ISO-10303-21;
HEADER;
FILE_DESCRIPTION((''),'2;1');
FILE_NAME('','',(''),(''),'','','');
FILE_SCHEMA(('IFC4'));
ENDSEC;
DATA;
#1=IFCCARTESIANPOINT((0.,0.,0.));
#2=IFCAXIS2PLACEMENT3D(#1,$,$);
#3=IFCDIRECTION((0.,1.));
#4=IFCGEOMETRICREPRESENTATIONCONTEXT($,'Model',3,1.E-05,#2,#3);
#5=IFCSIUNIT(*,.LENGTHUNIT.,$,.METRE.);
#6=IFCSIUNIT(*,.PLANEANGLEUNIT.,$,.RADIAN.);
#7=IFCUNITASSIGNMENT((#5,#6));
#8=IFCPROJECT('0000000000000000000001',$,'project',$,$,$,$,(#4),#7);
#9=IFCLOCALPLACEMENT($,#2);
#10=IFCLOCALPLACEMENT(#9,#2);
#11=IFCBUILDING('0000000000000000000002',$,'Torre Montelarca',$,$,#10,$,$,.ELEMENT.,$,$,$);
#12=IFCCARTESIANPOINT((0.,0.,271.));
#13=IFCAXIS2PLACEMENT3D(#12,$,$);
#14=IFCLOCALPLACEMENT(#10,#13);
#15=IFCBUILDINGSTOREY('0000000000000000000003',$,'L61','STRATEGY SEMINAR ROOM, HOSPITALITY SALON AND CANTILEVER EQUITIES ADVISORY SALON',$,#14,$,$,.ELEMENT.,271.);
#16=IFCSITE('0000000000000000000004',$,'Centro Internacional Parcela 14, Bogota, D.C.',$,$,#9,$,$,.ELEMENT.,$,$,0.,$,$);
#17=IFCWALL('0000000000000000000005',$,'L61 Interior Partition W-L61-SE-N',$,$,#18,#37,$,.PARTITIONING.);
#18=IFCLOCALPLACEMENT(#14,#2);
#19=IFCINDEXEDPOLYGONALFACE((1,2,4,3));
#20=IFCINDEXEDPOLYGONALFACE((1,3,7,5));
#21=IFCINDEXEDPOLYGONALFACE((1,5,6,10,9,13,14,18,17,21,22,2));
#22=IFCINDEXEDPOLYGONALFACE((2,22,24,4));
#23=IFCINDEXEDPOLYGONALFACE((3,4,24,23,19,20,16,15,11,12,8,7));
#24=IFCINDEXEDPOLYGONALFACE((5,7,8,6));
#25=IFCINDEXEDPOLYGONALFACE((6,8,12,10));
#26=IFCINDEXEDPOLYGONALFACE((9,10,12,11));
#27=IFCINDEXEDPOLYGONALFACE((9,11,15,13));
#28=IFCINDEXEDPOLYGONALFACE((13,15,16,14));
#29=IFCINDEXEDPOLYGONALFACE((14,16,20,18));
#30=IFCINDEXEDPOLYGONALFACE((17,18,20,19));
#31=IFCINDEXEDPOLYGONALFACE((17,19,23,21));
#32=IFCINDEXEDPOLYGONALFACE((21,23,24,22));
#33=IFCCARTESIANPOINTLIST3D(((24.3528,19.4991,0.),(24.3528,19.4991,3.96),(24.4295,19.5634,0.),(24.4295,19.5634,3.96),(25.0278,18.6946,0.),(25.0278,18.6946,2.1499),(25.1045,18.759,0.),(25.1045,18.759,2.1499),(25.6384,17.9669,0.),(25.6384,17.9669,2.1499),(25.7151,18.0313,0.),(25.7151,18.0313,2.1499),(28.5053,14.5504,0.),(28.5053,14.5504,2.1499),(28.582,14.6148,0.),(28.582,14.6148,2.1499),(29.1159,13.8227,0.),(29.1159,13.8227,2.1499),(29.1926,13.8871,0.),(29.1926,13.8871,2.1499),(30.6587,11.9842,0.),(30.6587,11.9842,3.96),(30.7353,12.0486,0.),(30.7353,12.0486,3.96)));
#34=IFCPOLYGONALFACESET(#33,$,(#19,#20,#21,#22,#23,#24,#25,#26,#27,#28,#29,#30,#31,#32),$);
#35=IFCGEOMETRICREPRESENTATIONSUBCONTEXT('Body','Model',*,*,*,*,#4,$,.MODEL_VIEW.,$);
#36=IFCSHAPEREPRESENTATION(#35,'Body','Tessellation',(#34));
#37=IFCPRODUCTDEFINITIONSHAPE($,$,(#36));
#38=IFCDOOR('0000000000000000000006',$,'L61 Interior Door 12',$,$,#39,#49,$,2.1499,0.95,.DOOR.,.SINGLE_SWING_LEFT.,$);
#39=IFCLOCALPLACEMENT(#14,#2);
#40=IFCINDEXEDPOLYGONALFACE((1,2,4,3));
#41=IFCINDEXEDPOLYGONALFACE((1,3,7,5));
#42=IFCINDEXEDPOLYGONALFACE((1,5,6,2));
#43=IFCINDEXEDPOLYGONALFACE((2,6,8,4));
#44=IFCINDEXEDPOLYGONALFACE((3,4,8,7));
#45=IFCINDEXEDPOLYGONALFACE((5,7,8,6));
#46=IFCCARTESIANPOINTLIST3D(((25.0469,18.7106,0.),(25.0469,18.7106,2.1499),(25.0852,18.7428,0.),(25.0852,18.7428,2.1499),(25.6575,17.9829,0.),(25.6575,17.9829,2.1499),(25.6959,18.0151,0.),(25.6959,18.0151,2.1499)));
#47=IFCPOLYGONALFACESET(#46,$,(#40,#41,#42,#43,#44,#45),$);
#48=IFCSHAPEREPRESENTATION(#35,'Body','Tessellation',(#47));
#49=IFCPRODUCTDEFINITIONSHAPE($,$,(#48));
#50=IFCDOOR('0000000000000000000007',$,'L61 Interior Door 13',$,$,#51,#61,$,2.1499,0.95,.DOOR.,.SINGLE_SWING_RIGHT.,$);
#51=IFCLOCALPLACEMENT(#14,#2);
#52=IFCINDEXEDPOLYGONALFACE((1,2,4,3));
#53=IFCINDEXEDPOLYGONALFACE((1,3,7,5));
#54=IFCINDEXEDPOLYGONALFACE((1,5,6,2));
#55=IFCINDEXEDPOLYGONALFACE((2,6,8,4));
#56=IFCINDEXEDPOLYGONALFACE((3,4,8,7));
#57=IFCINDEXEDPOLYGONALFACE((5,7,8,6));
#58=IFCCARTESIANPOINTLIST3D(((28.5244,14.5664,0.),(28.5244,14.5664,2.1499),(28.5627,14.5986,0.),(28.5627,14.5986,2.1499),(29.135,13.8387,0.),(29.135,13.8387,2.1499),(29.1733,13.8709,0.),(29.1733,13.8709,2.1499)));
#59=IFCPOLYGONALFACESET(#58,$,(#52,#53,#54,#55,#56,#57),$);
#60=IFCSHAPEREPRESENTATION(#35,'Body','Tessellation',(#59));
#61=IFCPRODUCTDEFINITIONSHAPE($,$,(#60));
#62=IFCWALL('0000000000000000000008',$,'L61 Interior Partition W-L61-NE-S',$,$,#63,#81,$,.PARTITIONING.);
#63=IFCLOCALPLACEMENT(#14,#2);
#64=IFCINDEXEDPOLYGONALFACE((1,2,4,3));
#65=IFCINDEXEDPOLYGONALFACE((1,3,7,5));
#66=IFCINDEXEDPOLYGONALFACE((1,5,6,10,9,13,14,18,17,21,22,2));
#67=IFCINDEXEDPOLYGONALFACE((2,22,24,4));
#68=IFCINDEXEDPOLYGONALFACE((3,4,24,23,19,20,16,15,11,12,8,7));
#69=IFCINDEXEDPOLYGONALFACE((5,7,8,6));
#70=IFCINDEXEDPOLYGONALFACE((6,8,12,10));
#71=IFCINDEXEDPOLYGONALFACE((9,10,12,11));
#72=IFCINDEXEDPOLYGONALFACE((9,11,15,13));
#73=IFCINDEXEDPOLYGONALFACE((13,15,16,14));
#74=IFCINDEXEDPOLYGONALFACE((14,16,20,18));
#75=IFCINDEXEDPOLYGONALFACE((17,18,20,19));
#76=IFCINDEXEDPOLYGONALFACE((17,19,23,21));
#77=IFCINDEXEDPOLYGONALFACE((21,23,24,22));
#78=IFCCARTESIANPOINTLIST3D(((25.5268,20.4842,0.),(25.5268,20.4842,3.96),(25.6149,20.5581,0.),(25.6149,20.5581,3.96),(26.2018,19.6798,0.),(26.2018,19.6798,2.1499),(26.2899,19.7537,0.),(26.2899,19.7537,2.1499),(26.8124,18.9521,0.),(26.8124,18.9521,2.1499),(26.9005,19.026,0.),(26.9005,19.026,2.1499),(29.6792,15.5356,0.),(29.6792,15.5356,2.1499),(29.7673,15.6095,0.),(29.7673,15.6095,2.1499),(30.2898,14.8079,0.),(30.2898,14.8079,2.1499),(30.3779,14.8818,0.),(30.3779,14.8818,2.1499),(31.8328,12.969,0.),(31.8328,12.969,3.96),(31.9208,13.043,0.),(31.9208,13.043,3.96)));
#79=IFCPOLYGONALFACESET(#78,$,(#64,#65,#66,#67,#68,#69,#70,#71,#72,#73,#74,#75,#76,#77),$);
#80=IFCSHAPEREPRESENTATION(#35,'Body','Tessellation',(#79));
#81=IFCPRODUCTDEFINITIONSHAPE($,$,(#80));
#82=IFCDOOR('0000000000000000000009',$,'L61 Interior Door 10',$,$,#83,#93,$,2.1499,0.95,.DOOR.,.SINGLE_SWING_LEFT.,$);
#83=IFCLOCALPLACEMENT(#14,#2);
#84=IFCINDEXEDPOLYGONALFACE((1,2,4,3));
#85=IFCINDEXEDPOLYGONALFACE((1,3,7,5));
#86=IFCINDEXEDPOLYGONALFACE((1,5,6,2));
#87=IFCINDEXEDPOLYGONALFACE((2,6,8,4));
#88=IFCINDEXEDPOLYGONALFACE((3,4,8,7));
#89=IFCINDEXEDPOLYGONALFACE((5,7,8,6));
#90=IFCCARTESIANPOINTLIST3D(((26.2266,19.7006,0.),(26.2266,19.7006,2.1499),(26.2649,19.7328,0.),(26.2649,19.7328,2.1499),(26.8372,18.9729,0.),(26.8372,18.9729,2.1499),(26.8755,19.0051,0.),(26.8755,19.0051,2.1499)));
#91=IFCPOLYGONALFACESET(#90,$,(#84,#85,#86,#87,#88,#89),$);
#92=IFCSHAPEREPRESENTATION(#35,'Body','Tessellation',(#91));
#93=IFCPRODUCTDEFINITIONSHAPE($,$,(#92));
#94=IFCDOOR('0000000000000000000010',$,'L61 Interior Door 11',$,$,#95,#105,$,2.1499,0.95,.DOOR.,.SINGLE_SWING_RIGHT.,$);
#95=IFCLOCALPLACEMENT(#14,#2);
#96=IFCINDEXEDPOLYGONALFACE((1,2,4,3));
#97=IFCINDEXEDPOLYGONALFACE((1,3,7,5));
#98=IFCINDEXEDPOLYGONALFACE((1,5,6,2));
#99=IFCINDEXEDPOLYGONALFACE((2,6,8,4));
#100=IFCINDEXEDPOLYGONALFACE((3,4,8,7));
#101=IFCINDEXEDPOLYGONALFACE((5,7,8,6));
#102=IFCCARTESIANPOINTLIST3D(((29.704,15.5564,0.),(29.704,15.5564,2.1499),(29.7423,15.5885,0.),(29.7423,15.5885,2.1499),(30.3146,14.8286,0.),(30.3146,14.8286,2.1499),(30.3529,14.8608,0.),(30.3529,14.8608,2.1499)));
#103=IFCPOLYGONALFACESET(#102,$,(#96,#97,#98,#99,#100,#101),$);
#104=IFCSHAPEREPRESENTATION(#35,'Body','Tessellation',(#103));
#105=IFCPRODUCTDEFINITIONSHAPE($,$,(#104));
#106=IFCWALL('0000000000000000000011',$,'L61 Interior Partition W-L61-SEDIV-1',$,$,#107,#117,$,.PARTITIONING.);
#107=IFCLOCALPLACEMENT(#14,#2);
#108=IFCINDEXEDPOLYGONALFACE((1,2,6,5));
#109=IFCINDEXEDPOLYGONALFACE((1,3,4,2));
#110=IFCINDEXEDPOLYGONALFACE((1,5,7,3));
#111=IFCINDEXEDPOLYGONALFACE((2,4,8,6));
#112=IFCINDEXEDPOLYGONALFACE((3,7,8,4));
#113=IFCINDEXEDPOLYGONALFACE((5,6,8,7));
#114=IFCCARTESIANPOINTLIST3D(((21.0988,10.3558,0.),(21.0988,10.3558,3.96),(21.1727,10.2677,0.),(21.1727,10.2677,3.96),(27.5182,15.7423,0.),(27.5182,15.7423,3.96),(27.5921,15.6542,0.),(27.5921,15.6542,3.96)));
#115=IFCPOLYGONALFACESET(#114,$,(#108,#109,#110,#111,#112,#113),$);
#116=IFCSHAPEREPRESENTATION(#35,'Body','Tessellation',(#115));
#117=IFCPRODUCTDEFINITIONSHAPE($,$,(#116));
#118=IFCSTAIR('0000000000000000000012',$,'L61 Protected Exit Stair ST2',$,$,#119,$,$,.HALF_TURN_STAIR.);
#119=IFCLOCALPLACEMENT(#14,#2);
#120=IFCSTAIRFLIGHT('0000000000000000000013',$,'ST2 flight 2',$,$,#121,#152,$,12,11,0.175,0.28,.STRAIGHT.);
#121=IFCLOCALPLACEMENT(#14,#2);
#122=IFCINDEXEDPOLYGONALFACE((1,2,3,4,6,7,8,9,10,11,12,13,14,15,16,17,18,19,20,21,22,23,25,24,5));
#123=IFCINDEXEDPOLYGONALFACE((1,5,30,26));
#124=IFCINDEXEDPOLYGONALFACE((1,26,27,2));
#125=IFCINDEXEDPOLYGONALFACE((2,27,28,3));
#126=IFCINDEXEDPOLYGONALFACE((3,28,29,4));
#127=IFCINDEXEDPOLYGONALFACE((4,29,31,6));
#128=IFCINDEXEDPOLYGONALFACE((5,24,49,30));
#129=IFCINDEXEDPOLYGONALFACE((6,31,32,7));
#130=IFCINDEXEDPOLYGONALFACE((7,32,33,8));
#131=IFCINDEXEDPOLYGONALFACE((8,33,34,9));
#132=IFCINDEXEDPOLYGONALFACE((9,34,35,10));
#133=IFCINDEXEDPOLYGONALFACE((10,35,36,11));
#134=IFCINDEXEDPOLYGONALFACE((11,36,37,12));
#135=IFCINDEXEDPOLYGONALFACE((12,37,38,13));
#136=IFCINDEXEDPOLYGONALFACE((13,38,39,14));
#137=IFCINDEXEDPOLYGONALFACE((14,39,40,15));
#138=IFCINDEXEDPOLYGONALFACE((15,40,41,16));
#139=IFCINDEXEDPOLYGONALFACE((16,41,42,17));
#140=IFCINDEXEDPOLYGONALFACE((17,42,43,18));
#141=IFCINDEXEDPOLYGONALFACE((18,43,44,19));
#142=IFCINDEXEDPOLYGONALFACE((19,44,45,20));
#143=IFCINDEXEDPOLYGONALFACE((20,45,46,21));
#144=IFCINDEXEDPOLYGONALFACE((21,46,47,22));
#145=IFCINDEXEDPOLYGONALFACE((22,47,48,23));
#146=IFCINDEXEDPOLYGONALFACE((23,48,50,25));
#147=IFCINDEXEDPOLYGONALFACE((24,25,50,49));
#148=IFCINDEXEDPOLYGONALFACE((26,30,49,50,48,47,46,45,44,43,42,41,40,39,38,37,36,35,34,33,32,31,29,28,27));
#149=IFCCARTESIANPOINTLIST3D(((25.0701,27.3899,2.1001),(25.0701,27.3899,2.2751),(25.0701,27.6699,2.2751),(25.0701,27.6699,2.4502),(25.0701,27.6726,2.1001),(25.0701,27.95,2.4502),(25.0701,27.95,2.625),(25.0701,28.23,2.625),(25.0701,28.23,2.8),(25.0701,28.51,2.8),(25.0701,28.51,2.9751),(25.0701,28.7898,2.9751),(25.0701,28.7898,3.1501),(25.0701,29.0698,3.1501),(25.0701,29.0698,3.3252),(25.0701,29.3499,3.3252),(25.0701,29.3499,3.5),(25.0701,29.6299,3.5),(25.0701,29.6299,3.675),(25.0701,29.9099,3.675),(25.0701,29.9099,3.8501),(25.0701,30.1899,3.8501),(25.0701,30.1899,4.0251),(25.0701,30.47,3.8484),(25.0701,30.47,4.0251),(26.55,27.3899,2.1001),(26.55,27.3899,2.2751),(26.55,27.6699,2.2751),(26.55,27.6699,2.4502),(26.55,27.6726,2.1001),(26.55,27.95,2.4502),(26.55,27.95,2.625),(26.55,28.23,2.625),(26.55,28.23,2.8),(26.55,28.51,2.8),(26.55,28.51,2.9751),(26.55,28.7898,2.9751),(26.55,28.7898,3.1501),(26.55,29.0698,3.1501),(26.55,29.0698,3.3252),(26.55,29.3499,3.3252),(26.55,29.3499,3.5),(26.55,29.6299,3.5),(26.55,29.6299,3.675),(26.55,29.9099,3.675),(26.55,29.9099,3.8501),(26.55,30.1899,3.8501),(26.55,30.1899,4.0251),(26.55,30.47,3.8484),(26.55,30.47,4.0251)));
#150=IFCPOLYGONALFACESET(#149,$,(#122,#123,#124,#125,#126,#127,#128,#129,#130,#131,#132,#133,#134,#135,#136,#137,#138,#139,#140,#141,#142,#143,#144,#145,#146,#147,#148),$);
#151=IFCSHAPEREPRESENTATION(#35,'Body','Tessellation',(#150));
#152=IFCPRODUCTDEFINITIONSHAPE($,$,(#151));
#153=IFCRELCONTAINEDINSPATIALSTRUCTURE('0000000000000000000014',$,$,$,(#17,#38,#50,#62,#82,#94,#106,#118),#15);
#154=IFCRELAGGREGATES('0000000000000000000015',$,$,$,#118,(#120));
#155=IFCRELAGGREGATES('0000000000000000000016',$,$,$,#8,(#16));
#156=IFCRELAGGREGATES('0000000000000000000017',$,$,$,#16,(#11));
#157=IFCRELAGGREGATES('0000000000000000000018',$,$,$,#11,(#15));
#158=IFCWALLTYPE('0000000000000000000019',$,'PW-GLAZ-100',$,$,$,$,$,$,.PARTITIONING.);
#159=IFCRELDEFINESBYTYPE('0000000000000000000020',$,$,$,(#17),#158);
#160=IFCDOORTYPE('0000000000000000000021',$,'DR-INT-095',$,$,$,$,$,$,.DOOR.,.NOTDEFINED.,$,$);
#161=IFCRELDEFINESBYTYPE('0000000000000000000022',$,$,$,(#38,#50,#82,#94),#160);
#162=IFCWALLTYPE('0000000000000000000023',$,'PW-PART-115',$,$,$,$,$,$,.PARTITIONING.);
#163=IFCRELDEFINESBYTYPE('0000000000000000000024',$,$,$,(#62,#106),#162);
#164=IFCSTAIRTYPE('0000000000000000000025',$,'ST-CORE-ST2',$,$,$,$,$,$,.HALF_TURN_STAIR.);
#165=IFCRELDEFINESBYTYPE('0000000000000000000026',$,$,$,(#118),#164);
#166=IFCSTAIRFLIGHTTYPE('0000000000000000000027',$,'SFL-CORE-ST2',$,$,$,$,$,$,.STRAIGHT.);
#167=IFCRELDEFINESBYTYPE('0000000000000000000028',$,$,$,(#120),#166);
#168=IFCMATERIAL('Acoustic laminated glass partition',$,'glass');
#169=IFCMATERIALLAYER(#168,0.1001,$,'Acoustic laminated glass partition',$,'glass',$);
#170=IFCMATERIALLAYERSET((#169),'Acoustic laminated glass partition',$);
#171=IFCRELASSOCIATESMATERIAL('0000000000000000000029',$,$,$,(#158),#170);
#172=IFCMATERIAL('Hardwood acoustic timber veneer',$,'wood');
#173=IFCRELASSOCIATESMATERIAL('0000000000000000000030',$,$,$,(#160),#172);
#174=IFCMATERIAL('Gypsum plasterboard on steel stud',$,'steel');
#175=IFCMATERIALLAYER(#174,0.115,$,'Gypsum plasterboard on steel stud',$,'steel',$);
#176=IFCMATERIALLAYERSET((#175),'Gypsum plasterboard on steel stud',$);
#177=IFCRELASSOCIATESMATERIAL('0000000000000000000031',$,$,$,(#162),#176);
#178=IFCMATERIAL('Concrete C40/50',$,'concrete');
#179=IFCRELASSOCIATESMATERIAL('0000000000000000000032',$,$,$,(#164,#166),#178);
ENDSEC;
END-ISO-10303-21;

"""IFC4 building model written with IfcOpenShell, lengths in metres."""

from ifc_helpers import new_model, si_unit, direction, frame, frame_2d, origin, place, context, subcontext, project, spatial, polyline, rectangle, outline, extrude, source, transform, mapped, material, layer, layer_set, type_object, element, fill, aggregate, save


model = new_model("IFC4")

# Units and contexts
model_context = context("Model", 3, precision=1e-05, world=origin(), true_north=direction((0.0, 1.0)))
body_context = subcontext(model_context, "Body", "Model", "MODEL_VIEW")
ifc_project = project(units=[si_unit("LENGTHUNIT", "METRE"), si_unit("PLANEANGLEUNIT", "RADIAN")], contexts=[model_context])

# Site, building, storey
site_placement = place(None, origin())
site = spatial("IfcSite", under=ifc_project, at=site_placement, Name="Centro Internacional Parcela 14, Bogota, D.C.", CompositionType="ELEMENT", RefElevation=0.0)
building_placement = place(site_placement, origin())
building = spatial("IfcBuilding", under=site, at=building_placement, Name="Torre Montelarca", CompositionType="ELEMENT")
storey_placement = place(building_placement, frame((0.0, 0.0, 271.0)))
storey = spatial("IfcBuildingStorey", under=building, at=storey_placement, Name="L61", Description="STRATEGY SEMINAR ROOM, HOSPITALITY SALON AND CANTILEVER EQUITIES ADVISORY SALON", CompositionType="ELEMENT", Elevation=271.0)

# Shared definitions
ifc_material_1 = material(Name="Concrete C40/50", Category="concrete")

# Shared definitions
ifc_material_2 = material(Name="Gypsum plasterboard on steel stud", Category="steel")

# Walls, openings, doors
ifc_material_3 = material(Name="Acoustic laminated glass partition", Category="glass")
ifc_layer_1 = layer(ifc_material_3, 0.1001, Name="Acoustic laminated glass partition", Category="glass")
ifc_layer_set_1 = layer_set([ifc_layer_1], Name="Acoustic laminated glass partition")
wall_type_1 = type_object("IfcWallType", Name="PW-GLAZ-100", PredefinedType="PARTITIONING", material=ifc_layer_set_1)
wall_1_placement = place(storey_placement, frame((24.3911, 19.5312, 0.0), z_axis=(0.0, 0.0, 1.0), x_axis=(0.642797, -0.766036, 0.0)))
wall_1 = element("IfcWall", 1, at=wall_1_placement, inside=storey, type_object=wall_type_1, Name="L61 Interior Partition W-L61-SE-N", PredefinedType="PARTITIONING", context=body_context, shape_type="SweptSolid", body=[
    extrude(rectangle(XDim=9.8101, YDim=0.1001, at=frame_2d((4.905, 0.0))), origin(), (0.0, 0.0, 1.0), 3.96),
])
opening_1_placement = place(wall_1_placement, frame((1.05, 0.0, 0.0)))
opening_1 = element("IfcOpeningElement", 2, at=opening_1_placement, cuts=wall_1, PredefinedType="OPENING", context=body_context, shape_type="SweptSolid", body=[
    extrude(rectangle(XDim=0.95, YDim=2.1499, at=frame_2d((0.4751, 1.075))), frame((0.0, 0.0601, 0.0), z_axis=(0.0, -1.0, 0.0), x_axis=(1.0, 0.0, 0.0)), (0.0, 0.0, 1.0), 0.1201),
])
opening_2_placement = place(wall_1_placement, frame((6.46, 0.0, 0.0)))
opening_2 = element("IfcOpeningElement", 3, at=opening_2_placement, cuts=wall_1, PredefinedType="OPENING", context=body_context, shape_type="SweptSolid", body=[
    extrude(rectangle(XDim=0.95, YDim=2.1499, at=frame_2d((0.4751, 1.075))), frame((0.0, 0.0601, 0.0), z_axis=(0.0, -1.0, 0.0), x_axis=(1.0, 0.0, 0.0)), (0.0, 0.0, 1.0), 0.1201),
])
ifc_material_4 = material(Name="Hardwood acoustic timber veneer", Category="wood")
door_type_1 = type_object("IfcDoorType", Name="DR-INT-095", OperationType="NOTDEFINED", PredefinedType="DOOR", material=ifc_material_4)
shared_shape_1 = source(origin(), body_context, "Body", "SweptSolid", [
    extrude(rectangle(XDim=0.95, YDim=2.1499, at=frame_2d((0.4751, 1.075))), frame((0.0, 0.0249, 0.0), z_axis=(0.0, -1.0, 0.0), x_axis=(1.0, 0.0, 0.0)), (0.0, 0.0, 1.0), 0.05),
])
door_1_placement = place(opening_1_placement, origin())
door_1 = element("IfcDoor", 4, at=door_1_placement, inside=storey, type_object=door_type_1, Name="L61 Interior Door 12", OperationType="SINGLE_SWING_LEFT", OverallHeight=2.1499, OverallWidth=0.95, PredefinedType="DOOR", context=body_context, shape_type="MappedRepresentation", body=[
    mapped(shared_shape_1, transform((0.0, 0.0, 0.0), scale=1.0)),
])
fill(opening_1, door_1)
door_2_placement = place(opening_2_placement, origin())
door_2 = element("IfcDoor", 5, at=door_2_placement, inside=storey, type_object=door_type_1, Name="L61 Interior Door 13", OperationType="SINGLE_SWING_RIGHT", OverallHeight=2.1499, OverallWidth=0.95, PredefinedType="DOOR", context=body_context, shape_type="MappedRepresentation", body=[
    mapped(shared_shape_1, transform((0.0, 0.0, 0.0), scale=1.0)),
])
fill(opening_2, door_2)
ifc_layer_2 = layer(ifc_material_2, 0.115, Name="Gypsum plasterboard on steel stud", Category="steel")
ifc_layer_set_2 = layer_set([ifc_layer_2], Name="Gypsum plasterboard on steel stud")
wall_type_2 = type_object("IfcWallType", Name="PW-PART-115", PredefinedType="PARTITIONING", material=ifc_layer_set_2)
wall_2_placement = place(storey_placement, frame((25.5708, 20.5212, 0.0), z_axis=(0.0, 0.0, 1.0), x_axis=(0.642785, -0.766046, 0.0)))
wall_2 = element("IfcWall", 6, at=wall_2_placement, inside=storey, type_object=wall_type_2, Name="L61 Interior Partition W-L61-NE-S", PredefinedType="PARTITIONING", context=body_context, shape_type="SweptSolid", body=[
    extrude(rectangle(XDim=9.8103, YDim=0.115, at=frame_2d((4.9053, 0.0))), origin(), (0.0, 0.0, 1.0), 3.96),
])
opening_3_placement = place(wall_2_placement, frame((1.05, 0.0, 0.0)))
opening_3 = element("IfcOpeningElement", 7, at=opening_3_placement, cuts=wall_2, PredefinedType="OPENING", context=body_context, shape_type="SweptSolid", body=[
    extrude(rectangle(XDim=0.95, YDim=2.1499, at=frame_2d((0.4751, 1.075))), frame((0.0, 0.0674, 0.0), z_axis=(0.0, -1.0, 0.0), x_axis=(1.0, 0.0, 0.0)), (0.0, 0.0, 1.0), 0.135),
])
opening_4_placement = place(wall_2_placement, frame((6.46, 0.0, 0.0)))
opening_4 = element("IfcOpeningElement", 8, at=opening_4_placement, cuts=wall_2, PredefinedType="OPENING", context=body_context, shape_type="SweptSolid", body=[
    extrude(rectangle(XDim=0.95, YDim=2.1499, at=frame_2d((0.4751, 1.075))), frame((0.0, 0.0674, 0.0), z_axis=(0.0, -1.0, 0.0), x_axis=(1.0, 0.0, 0.0)), (0.0, 0.0, 1.0), 0.135),
])
door_3_placement = place(opening_3_placement, origin())
door_3 = element("IfcDoor", 9, at=door_3_placement, inside=storey, type_object=door_type_1, Name="L61 Interior Door 10", OperationType="SINGLE_SWING_LEFT", OverallHeight=2.1499, OverallWidth=0.95, PredefinedType="DOOR", context=body_context, shape_type="MappedRepresentation", body=[
    mapped(shared_shape_1, transform((0.0, 0.0, 0.0), scale=1.0)),
])
fill(opening_3, door_3)
door_4_placement = place(opening_4_placement, origin())
door_4 = element("IfcDoor", 10, at=door_4_placement, inside=storey, type_object=door_type_1, Name="L61 Interior Door 11", OperationType="SINGLE_SWING_RIGHT", OverallHeight=2.1499, OverallWidth=0.95, PredefinedType="DOOR", context=body_context, shape_type="MappedRepresentation", body=[
    mapped(shared_shape_1, transform((0.0, 0.0, 0.0), scale=1.0)),
])
fill(opening_4, door_4)

# Wall
wall_3_placement = place(storey_placement, frame((21.1357, 10.3118, 0.0), z_axis=(0.0, 0.0, 1.0), x_axis=(0.766049, 0.642783, 0.0)))
element("IfcWall", 11, at=wall_3_placement, inside=storey, type_object=wall_type_2, Name="L61 Interior Partition W-L61-SEDIV-1", PredefinedType="PARTITIONING", context=body_context, shape_type="SweptSolid", body=[
    extrude(rectangle(XDim=8.3799, YDim=0.115, at=frame_2d((4.1899, 0.0))), origin(), (0.0, 0.0, 1.0), 3.96),
])

# Stair, stair flight
stair_type = type_object("IfcStairType", Name="ST-CORE-ST2", PredefinedType="HALF_TURN_STAIR", material=ifc_material_1)
stair_placement = place(storey_placement, origin())
stair = element("IfcStair", 12, at=stair_placement, inside=storey, type_object=stair_type, Name="L61 Protected Exit Stair ST2", PredefinedType="HALF_TURN_STAIR")
stair_flight_type = type_object("IfcStairFlightType", Name="SFL-CORE-ST2", PredefinedType="STRAIGHT", material=ifc_material_1)
stair_flight_placement = place(storey_placement, frame((25.8101, 27.3899, 2.1001), z_axis=(0.0, 0.0, 1.0), x_axis=(0.0, 1.0, 0.0)))
stair_flight = element("IfcStairFlight", 13, at=stair_flight_placement, type_object=stair_flight_type, Name="ST2 flight 2", NumberOfRisers=12, NumberOfTreads=11, PredefinedType="STRAIGHT", RiserHeight=0.175, TreadLength=0.28, context=body_context, shape_type="SweptSolid", body=[
    extrude(outline(polyline([(0.0, 0.0), (0.0, 0.175), (0.28, 0.175), (0.28, 0.3501), (0.5601, 0.3501), (0.5601, 0.5249), (0.8401, 0.5249), (0.8401, 0.7), (1.1201, 0.7), (1.1201, 0.875), (1.3999, 0.875), (1.3999, 1.05), (1.6799, 1.05), (1.6799, 1.2251), (1.96, 1.2251), (1.96, 1.3999), (2.24, 1.3999), (2.24, 1.575), (2.52, 1.575), (2.52, 1.75), (2.8, 1.75), (2.8, 1.925), (3.0801, 1.925), (3.0801, 2.1001), (3.0801, 1.7483), (0.2827, 0.0), (0.0, 0.0)])), frame((0.0, 0.74, 0.0), z_axis=(0.0, -1.0, 0.0), x_axis=(1.0, 0.0, 0.0)), (0.0, 0.0, 1.0), 1.48),
])
aggregate(stair, [stair_flight])

save(model, "model.ifc")
